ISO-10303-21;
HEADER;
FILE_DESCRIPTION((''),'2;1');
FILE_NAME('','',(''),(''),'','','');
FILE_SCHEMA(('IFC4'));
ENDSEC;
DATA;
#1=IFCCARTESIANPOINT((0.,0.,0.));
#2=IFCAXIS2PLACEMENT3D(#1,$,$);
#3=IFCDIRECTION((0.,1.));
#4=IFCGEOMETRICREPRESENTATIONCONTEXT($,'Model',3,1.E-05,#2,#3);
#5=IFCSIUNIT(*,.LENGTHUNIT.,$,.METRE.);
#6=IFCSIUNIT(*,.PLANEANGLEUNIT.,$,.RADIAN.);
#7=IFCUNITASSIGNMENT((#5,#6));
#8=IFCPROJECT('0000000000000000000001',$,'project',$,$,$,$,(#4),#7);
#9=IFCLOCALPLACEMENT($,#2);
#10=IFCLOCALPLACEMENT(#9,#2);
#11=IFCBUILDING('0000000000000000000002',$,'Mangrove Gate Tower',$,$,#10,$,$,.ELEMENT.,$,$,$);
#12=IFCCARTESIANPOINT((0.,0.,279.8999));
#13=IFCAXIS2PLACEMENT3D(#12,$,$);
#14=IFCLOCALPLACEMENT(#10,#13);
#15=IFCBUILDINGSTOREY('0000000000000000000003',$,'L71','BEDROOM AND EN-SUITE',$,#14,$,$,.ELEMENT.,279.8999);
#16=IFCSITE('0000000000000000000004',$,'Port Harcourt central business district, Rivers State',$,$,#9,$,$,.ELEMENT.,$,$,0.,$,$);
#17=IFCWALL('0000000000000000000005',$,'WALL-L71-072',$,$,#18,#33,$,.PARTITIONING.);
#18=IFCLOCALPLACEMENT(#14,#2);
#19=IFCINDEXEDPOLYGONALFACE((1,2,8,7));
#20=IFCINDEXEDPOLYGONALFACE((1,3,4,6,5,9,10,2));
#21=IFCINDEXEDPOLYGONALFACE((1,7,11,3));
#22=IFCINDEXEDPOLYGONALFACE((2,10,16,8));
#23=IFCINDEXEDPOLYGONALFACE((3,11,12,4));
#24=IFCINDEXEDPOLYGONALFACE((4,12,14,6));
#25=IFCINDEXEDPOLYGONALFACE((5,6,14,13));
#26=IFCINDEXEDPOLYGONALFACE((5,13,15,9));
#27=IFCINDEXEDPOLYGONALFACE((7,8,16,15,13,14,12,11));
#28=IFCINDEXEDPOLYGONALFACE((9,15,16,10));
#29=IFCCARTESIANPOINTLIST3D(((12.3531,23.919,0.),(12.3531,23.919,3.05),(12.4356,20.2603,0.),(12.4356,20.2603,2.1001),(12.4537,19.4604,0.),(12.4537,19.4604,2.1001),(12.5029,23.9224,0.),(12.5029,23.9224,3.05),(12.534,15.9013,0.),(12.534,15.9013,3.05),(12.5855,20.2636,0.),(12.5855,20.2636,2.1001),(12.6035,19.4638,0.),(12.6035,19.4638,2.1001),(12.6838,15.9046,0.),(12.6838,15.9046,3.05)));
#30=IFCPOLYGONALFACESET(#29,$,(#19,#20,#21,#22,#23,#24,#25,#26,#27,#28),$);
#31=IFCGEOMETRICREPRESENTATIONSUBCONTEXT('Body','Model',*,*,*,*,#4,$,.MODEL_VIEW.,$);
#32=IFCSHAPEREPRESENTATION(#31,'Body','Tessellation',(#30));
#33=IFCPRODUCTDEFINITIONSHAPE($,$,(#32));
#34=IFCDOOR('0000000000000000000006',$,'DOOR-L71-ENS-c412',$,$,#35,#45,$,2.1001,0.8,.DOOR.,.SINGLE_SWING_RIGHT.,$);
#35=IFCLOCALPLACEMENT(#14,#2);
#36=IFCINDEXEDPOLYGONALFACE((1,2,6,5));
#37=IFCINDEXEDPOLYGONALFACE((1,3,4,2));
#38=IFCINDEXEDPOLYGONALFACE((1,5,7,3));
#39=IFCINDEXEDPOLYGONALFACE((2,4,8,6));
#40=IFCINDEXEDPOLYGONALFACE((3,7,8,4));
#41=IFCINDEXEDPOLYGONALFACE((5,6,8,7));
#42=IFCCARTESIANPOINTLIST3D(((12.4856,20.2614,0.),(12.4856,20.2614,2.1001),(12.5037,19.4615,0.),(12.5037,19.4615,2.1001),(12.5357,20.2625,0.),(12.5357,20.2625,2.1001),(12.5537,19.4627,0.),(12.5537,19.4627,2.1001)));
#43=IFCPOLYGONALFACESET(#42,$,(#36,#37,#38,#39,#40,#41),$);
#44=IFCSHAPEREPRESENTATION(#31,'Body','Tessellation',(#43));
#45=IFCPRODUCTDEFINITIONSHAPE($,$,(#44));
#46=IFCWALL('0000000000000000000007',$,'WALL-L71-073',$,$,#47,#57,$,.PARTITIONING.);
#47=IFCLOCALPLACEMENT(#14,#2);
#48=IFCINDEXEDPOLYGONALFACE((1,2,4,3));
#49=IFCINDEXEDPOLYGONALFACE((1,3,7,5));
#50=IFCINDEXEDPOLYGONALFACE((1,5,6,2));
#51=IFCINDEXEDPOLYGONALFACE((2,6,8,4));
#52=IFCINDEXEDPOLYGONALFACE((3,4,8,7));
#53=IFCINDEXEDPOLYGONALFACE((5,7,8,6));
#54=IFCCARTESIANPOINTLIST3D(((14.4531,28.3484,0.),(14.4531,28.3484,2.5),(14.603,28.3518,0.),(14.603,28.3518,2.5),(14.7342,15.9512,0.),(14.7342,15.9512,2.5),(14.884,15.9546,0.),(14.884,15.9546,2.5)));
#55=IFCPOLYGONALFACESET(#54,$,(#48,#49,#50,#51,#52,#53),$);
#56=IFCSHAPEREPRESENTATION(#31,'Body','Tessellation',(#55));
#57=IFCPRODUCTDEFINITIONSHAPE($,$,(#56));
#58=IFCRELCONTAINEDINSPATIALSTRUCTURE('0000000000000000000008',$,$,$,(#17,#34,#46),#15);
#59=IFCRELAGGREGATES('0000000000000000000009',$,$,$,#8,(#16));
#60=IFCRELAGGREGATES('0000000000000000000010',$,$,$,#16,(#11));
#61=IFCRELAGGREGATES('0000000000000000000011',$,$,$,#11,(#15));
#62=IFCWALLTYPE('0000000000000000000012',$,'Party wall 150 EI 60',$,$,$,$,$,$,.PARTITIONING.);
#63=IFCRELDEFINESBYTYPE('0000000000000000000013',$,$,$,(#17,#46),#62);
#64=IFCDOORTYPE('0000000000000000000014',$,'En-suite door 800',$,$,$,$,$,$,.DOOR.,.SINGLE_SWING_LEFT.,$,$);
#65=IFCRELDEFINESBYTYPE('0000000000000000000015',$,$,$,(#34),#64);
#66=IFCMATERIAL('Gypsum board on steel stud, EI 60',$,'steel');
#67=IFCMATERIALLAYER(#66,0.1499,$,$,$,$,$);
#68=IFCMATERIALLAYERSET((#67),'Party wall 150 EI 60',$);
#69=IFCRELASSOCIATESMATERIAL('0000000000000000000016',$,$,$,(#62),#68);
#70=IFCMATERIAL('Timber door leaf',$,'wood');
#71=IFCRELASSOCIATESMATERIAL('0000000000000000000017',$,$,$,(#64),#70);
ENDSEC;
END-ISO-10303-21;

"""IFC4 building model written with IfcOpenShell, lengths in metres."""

from ifc_helpers import new_model, si_unit, direction, frame, frame_2d, origin, place, context, subcontext, project, spatial, rectangle, extrude, material, layer, layer_set, type_object, element, fill, save


model = new_model("IFC4")

# Units and contexts
model_context = context("Model", 3, precision=1e-05, world=origin(), true_north=direction((0.0, 1.0)))
body_context = subcontext(model_context, "Body", "Model", "MODEL_VIEW")
ifc_project = project(units=[si_unit("LENGTHUNIT", "METRE"), si_unit("PLANEANGLEUNIT", "RADIAN")], contexts=[model_context])

# Site, building, storey
site_placement = place(None, origin())
site = spatial("IfcSite", under=ifc_project, at=site_placement, Name="Port Harcourt central business district, Rivers State", CompositionType="ELEMENT", RefElevation=0.0)
building_placement = place(site_placement, origin())
building = spatial("IfcBuilding", under=site, at=building_placement, Name="Mangrove Gate Tower", CompositionType="ELEMENT")
storey_placement = place(building_placement, frame((0.0, 0.0, 279.8999)))
storey = spatial("IfcBuildingStorey", under=building, at=storey_placement, Name="L71", Description="BEDROOM AND EN-SUITE", CompositionType="ELEMENT", Elevation=279.8999)

# Shared definitions
ifc_material_1 = material(Name="Gypsum board on steel stud, EI 60", Category="steel")
ifc_layer_1 = layer(ifc_material_1, 0.1499)
ifc_layer_set_1 = layer_set([ifc_layer_1], Name="Party wall 150 EI 60")
wall_type_1 = type_object("IfcWallType", Name="Party wall 150 EI 60", PredefinedType="PARTITIONING", material=ifc_layer_set_1)

# Shared definitions
ifc_material_2 = material(Name="Timber door leaf", Category="wood")
door_type_1 = type_object("IfcDoorType", Name="En-suite door 800", OperationType="SINGLE_SWING_LEFT", PredefinedType="DOOR", material=ifc_material_2)

# Wall, opening, door
wall_1_placement = place(storey_placement, frame((12.6089, 15.9031, 0.0), z_axis=(0.0, 0.0, 1.0), x_axis=(-0.022558, 0.999746, 0.0)))
wall_1 = element("IfcWall", 1, at=wall_1_placement, inside=storey, type_object=wall_type_1, Name="WALL-L71-072", PredefinedType="PARTITIONING", context=body_context, shape_type="SweptSolid", body=[
    extrude(rectangle(XDim=8.0198, YDim=0.1499, at=frame_2d((4.0098, 0.0))), origin(), (0.0, 0.0, 1.0), 3.05),
])
opening_1_placement = place(wall_1_placement, frame((3.5601, 0.0, 0.0)))
opening_1 = element("IfcOpeningElement", 2, at=opening_1_placement, cuts=wall_1, PredefinedType="OPENING", context=body_context, shape_type="SweptSolid", body=[
    extrude(rectangle(XDim=0.8, YDim=2.1001, at=frame_2d((0.3999, 1.05))), frame((0.0, 0.085, 0.0), z_axis=(0.0, -1.0, 0.0), x_axis=(1.0, 0.0, 0.0)), (0.0, 0.0, 1.0), 0.1699),
])
door_1_placement = place(opening_1_placement, origin())
door_1 = element("IfcDoor", 3, at=door_1_placement, inside=storey, type_object=door_type_1, Name="DOOR-L71-ENS-c412", OperationType="SINGLE_SWING_RIGHT", OverallHeight=2.1001, OverallWidth=0.8, PredefinedType="DOOR", context=body_context, shape_type="SweptSolid", body=[
    extrude(rectangle(XDim=0.8, YDim=2.1001, at=frame_2d((0.3999, 1.05))), frame((0.0, 0.0249, 0.0), z_axis=(0.0, -1.0, 0.0), x_axis=(1.0, 0.0, 0.0)), (0.0, 0.0, 1.0), 0.05),
])
fill(opening_1, door_1)

# Wall
wall_2_placement = place(storey_placement, frame((14.8091, 15.9529, 0.0), z_axis=(0.0, 0.0, 1.0), x_axis=(-0.022661, 0.999743, 0.0)))
element("IfcWall", 4, at=wall_2_placement, inside=storey, type_object=wall_type_1, Name="WALL-L71-073", PredefinedType="PARTITIONING", context=body_context, shape_type="SweptSolid", body=[
    extrude(rectangle(XDim=12.4004, YDim=0.1499, at=frame_2d((6.2002, 0.0))), origin(), (0.0, 0.0, 1.0), 2.5),
])

save(model, "model.ifc")
